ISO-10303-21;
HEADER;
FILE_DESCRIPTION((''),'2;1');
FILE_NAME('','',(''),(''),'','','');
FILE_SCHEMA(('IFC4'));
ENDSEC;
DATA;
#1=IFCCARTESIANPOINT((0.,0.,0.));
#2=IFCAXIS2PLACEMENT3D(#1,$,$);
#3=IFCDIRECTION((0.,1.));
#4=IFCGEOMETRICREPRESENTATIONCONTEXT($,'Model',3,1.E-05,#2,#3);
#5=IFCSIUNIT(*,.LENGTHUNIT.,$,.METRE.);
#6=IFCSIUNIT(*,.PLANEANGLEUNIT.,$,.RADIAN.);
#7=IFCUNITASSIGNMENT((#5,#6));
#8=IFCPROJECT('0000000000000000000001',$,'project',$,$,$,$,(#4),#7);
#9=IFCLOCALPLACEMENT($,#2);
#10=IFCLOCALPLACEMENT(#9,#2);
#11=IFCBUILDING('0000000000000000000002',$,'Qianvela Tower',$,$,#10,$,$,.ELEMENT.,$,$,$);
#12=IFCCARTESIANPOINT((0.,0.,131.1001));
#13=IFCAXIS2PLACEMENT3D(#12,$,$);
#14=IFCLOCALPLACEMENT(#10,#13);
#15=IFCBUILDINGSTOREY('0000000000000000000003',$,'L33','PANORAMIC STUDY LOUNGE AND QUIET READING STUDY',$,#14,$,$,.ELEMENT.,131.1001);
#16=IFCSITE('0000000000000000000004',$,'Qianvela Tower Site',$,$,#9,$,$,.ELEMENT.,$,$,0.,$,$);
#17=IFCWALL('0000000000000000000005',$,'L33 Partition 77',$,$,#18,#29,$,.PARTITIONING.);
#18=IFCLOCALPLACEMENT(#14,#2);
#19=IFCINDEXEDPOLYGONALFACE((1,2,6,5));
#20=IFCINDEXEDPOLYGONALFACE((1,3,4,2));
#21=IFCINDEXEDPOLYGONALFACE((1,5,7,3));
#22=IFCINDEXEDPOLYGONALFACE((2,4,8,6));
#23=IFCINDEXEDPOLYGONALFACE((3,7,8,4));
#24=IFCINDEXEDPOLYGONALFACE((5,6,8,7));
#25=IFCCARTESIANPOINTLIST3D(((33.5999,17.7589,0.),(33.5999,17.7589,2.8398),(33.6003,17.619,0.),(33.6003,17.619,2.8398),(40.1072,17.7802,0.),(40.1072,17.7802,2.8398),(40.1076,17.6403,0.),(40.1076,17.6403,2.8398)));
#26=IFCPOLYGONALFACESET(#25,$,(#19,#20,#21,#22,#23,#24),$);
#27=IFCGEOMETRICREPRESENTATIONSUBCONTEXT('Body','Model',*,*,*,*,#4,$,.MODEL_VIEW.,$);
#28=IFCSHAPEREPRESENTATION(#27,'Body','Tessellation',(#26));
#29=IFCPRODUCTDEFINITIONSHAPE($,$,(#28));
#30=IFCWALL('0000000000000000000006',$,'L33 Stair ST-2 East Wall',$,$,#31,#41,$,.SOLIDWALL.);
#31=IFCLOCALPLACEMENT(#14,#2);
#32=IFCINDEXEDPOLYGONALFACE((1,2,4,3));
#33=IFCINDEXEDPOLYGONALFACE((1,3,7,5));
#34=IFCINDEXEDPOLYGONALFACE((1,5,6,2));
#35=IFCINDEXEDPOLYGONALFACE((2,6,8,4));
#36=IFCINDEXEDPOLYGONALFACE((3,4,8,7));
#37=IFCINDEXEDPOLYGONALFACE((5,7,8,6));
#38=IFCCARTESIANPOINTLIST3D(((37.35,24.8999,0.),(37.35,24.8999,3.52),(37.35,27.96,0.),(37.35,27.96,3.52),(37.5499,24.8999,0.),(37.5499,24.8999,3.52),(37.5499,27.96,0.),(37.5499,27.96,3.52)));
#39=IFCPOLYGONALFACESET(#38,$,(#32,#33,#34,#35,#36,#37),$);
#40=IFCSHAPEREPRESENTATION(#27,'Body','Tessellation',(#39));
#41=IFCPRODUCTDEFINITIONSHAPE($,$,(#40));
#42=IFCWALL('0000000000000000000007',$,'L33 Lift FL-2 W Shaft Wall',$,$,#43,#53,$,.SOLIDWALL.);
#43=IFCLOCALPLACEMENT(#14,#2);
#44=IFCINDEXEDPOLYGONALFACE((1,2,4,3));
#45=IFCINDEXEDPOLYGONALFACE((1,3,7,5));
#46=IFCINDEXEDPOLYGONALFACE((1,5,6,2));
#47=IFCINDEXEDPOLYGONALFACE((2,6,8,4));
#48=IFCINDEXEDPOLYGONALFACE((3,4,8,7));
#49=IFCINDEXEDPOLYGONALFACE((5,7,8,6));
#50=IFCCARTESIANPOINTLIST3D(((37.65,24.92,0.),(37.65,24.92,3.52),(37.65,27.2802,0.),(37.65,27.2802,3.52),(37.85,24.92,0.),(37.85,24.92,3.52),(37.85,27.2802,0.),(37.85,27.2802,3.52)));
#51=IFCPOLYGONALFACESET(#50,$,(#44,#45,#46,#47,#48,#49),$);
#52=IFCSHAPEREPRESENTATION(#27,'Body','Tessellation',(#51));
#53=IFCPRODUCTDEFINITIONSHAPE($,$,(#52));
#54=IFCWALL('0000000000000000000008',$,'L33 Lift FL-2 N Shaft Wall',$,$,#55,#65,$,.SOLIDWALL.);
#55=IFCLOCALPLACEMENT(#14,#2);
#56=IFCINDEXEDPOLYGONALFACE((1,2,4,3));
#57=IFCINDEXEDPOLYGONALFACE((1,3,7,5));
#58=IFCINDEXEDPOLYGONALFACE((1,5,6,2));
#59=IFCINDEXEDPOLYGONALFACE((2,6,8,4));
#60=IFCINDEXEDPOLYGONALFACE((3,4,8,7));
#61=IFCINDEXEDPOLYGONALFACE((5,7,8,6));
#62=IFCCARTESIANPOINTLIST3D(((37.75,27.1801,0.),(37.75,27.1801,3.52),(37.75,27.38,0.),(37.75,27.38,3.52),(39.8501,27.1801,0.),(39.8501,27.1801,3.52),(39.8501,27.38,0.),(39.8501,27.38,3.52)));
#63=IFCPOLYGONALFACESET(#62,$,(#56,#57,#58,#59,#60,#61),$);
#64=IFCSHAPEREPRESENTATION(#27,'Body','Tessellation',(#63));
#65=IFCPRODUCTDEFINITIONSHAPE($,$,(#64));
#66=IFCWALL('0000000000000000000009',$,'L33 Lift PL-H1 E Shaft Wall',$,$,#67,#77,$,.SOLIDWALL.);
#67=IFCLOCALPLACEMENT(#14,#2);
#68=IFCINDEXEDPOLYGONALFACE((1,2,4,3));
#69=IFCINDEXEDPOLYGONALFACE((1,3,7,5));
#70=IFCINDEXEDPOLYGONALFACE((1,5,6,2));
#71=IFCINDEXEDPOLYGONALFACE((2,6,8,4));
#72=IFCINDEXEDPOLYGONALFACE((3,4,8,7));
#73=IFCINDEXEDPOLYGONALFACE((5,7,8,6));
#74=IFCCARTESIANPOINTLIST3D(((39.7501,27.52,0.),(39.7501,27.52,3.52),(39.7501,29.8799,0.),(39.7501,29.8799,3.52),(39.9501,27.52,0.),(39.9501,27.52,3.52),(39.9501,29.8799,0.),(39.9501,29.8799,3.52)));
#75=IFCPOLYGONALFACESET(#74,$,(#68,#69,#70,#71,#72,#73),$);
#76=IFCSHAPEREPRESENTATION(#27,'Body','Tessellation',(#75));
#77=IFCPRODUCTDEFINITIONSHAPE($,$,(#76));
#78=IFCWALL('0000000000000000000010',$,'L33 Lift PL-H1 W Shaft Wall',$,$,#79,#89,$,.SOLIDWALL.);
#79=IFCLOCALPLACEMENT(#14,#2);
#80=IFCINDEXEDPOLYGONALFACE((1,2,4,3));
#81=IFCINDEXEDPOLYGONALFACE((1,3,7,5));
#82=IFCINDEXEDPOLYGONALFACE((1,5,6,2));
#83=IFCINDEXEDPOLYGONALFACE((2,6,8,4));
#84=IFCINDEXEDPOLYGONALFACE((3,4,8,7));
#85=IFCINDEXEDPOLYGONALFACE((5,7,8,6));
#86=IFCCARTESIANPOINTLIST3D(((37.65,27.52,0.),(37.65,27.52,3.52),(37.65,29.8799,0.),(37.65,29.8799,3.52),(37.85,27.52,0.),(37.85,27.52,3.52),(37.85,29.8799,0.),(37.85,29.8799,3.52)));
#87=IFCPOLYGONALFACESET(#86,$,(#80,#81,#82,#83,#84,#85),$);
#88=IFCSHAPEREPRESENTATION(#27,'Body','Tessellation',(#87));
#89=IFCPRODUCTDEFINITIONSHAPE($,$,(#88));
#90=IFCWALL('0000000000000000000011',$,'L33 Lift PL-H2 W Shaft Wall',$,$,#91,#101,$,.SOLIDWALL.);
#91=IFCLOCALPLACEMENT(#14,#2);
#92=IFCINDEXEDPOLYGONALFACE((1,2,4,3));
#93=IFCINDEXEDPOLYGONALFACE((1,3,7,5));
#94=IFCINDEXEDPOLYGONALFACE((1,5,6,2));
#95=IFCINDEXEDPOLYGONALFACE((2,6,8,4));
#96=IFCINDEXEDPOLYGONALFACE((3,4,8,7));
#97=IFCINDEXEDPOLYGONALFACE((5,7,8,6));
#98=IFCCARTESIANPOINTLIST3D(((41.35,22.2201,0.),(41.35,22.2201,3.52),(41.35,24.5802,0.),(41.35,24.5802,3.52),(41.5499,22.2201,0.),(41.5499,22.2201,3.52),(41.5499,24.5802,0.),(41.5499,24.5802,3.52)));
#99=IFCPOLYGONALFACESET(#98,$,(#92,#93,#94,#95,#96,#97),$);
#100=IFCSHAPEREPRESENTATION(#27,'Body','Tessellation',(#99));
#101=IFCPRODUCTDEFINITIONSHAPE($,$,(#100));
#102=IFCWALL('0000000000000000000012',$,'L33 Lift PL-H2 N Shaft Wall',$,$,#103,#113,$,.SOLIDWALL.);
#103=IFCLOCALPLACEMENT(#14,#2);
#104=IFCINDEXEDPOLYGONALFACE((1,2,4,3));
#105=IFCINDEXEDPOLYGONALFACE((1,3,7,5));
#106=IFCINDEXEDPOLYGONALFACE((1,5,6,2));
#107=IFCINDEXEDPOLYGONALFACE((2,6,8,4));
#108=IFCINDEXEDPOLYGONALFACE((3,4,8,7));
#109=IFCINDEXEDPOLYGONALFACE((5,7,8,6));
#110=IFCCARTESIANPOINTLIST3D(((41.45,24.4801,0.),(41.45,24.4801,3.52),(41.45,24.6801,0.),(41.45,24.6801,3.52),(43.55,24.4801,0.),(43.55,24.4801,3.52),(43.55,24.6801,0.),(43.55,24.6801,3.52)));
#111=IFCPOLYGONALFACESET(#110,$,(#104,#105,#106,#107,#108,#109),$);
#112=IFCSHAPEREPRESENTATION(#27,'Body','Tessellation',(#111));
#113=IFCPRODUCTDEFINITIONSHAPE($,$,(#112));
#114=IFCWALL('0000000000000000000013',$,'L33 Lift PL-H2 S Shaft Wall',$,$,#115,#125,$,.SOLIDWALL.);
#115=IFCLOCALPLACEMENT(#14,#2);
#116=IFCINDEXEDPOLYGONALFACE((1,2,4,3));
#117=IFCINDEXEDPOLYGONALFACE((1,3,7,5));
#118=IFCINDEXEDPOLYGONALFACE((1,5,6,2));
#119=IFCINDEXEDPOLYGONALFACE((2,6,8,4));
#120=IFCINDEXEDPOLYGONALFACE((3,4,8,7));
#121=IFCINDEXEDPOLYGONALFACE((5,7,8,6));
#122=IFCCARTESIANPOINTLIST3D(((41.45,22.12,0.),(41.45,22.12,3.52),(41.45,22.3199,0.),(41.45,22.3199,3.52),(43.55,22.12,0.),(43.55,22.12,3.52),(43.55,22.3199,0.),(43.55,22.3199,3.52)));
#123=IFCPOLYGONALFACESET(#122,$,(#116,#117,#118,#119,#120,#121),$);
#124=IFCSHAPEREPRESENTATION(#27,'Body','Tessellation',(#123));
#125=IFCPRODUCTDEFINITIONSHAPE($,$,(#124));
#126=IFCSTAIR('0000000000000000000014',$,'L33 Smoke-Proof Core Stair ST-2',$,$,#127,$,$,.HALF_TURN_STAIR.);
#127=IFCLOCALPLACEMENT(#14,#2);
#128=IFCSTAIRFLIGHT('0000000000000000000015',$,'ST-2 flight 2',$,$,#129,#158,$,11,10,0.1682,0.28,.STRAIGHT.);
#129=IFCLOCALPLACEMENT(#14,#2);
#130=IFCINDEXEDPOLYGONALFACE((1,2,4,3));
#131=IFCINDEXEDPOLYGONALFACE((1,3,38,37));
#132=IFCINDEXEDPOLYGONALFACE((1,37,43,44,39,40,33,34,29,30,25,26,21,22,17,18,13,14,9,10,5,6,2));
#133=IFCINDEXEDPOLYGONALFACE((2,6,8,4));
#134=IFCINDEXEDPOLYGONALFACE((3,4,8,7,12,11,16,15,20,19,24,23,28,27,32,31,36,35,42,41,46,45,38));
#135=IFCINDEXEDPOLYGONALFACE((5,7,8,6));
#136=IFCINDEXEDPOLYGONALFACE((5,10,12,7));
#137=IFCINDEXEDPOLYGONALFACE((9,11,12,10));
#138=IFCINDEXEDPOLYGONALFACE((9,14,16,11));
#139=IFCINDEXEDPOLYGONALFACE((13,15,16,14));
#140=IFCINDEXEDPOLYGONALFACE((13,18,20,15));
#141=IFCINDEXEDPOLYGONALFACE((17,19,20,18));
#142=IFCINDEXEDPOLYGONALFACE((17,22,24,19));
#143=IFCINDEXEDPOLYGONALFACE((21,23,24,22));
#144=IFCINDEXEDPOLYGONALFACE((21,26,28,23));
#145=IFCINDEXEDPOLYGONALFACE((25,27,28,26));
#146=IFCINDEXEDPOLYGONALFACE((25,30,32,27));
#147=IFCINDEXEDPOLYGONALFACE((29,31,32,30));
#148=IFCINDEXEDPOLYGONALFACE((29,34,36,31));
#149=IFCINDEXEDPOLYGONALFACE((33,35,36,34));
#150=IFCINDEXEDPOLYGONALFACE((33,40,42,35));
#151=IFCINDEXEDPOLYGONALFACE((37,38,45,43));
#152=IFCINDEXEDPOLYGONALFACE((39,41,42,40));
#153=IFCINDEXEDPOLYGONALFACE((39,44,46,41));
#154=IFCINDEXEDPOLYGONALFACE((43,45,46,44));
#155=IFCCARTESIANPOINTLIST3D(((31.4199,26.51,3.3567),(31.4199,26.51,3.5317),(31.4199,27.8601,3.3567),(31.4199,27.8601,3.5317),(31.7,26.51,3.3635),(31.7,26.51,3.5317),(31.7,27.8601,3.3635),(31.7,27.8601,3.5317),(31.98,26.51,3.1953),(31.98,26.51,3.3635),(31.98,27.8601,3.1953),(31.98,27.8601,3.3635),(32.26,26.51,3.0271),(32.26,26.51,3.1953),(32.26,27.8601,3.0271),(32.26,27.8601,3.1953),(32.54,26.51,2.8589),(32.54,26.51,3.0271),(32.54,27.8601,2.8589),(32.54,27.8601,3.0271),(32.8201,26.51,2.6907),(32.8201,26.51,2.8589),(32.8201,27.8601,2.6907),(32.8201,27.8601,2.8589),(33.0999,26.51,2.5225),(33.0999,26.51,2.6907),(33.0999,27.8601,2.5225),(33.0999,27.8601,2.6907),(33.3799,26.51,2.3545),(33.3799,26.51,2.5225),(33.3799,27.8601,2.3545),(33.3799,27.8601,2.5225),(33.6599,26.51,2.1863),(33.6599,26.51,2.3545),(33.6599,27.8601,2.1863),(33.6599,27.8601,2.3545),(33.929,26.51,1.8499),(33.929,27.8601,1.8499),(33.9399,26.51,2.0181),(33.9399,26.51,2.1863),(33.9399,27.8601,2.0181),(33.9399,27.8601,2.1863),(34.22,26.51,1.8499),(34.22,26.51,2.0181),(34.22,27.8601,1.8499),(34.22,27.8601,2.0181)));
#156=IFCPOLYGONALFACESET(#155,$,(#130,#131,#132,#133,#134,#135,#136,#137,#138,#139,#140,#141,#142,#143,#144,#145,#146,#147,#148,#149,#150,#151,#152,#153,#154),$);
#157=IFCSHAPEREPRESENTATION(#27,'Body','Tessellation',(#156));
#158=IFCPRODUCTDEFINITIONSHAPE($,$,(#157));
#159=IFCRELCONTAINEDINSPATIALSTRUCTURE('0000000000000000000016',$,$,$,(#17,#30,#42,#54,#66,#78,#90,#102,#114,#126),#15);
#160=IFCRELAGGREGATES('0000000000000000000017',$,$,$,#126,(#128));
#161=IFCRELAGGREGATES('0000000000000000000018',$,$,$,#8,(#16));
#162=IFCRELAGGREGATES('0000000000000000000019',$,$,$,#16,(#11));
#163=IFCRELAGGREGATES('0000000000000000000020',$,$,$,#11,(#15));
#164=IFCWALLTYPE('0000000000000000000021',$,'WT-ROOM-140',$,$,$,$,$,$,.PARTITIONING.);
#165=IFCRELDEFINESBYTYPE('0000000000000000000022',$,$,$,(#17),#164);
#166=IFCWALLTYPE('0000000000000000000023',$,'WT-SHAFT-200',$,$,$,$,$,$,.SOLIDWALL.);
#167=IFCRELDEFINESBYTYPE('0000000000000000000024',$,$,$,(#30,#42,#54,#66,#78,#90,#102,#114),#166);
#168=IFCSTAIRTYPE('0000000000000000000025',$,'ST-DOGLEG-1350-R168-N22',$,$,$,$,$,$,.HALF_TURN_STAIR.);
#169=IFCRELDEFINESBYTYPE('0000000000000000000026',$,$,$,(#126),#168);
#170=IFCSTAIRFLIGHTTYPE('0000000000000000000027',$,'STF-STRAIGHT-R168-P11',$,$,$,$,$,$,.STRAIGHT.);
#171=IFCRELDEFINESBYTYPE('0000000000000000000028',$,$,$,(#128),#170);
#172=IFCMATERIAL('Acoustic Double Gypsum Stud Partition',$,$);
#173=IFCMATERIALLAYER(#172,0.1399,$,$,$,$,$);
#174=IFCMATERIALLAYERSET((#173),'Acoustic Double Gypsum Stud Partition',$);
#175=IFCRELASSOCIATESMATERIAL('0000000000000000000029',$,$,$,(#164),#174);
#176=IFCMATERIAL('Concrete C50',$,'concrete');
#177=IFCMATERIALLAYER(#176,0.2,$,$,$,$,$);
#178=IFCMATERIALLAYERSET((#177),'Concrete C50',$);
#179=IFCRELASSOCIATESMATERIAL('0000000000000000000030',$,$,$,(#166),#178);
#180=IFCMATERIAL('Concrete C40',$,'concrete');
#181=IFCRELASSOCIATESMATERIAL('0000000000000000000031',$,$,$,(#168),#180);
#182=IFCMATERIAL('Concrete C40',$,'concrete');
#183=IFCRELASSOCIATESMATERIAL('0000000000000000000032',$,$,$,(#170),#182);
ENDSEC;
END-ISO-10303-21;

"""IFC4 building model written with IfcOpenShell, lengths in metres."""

from ifc_helpers import new_model, si_unit, direction, frame, frame_2d, origin, place, context, subcontext, project, spatial, polyline, rectangle, outline, extrude, material, layer, layer_set, type_object, element, aggregate, save


model = new_model("IFC4")

# Units and contexts
model_context = context("Model", 3, precision=1e-05, world=origin(), true_north=direction((0.0, 1.0)))
body_context = subcontext(model_context, "Body", "Model", "MODEL_VIEW")
ifc_project = project(units=[si_unit("LENGTHUNIT", "METRE"), si_unit("PLANEANGLEUNIT", "RADIAN")], contexts=[model_context])

# Site, building, storey
site_placement = place(None, origin())
site = spatial("IfcSite", under=ifc_project, at=site_placement, Name="Qianvela Tower Site", CompositionType="ELEMENT", RefElevation=0.0)
building_placement = place(site_placement, origin())
building = spatial("IfcBuilding", under=site, at=building_placement, Name="Qianvela Tower", CompositionType="ELEMENT")
storey_placement = place(building_placement, frame((0.0, 0.0, 131.1001)))
storey = spatial("IfcBuildingStorey", under=building, at=storey_placement, Name="L33", Description="PANORAMIC STUDY LOUNGE AND QUIET READING STUDY", CompositionType="ELEMENT", Elevation=131.1001)

# Walls
ifc_material_1 = material(Name="Acoustic Double Gypsum Stud Partition")
ifc_layer_1 = layer(ifc_material_1, 0.1399)
ifc_layer_set_1 = layer_set([ifc_layer_1], Name="Acoustic Double Gypsum Stud Partition")
wall_type_1 = type_object("IfcWallType", Name="WT-ROOM-140", PredefinedType="PARTITIONING", material=ifc_layer_set_1)
wall_1_placement = place(storey_placement, frame((33.6001, 17.689, 0.0), z_axis=(0.0, 0.0, 1.0), x_axis=(0.999995, 0.003264, 0.0)))
element("IfcWall", 1, at=wall_1_placement, inside=storey, type_object=wall_type_1, Name="L33 Partition 77", PredefinedType="PARTITIONING", context=body_context, shape_type="SweptSolid", body=[
    extrude(rectangle(XDim=6.5073, YDim=0.1399, at=frame_2d((3.2537, 0.0))), origin(), (0.0, 0.0, 1.0), 2.8398),
])
ifc_material_2 = material(Name="Concrete C50", Category="concrete")
ifc_layer_2 = layer(ifc_material_2, 0.2)
ifc_layer_set_2 = layer_set([ifc_layer_2], Name="Concrete C50")
wall_type_2 = type_object("IfcWallType", Name="WT-SHAFT-200", PredefinedType="SOLIDWALL", material=ifc_layer_set_2)
wall_2_placement = place(storey_placement, frame((37.45, 24.8999, 0.0), z_axis=(0.0, 0.0, 1.0), x_axis=(0.0, 1.0, 0.0)))
element("IfcWall", 2, at=wall_2_placement, inside=storey, type_object=wall_type_2, Name="L33 Stair ST-2 East Wall", PredefinedType="SOLIDWALL", context=body_context, shape_type="SweptSolid", body=[
    extrude(rectangle(XDim=3.0601, YDim=0.2, at=frame_2d((1.53, 0.0))), origin(), (0.0, 0.0, 1.0), 3.52),
])

# Walls
wall_3_placement = place(storey_placement, frame((37.75, 24.9199, 0.0), z_axis=(0.0, 0.0, 1.0), x_axis=(0.0, 1.0, 0.0)))
element("IfcWall", 3, at=wall_3_placement, inside=storey, type_object=wall_type_2, Name="L33 Lift FL-2 W Shaft Wall", PredefinedType="SOLIDWALL", context=body_context, shape_type="SweptSolid", body=[
    extrude(rectangle(XDim=2.3601, YDim=0.2, at=frame_2d((1.1802, 0.0))), origin(), (0.0, 0.0, 1.0), 3.52),
])
wall_4_placement = place(storey_placement, frame((37.75, 27.28, 0.0), z_axis=(0.0, 0.0, 1.0), x_axis=(1.0, 0.0, 0.0)))
element("IfcWall", 4, at=wall_4_placement, inside=storey, type_object=wall_type_2, Name="L33 Lift FL-2 N Shaft Wall", PredefinedType="SOLIDWALL", context=body_context, shape_type="SweptSolid", body=[
    extrude(rectangle(XDim=2.1001, YDim=0.2, at=frame_2d((1.05, 0.0))), origin(), (0.0, 0.0, 1.0), 3.52),
])
for number, where, z_axis, x_axis, name in (
    (5, (39.8501, 27.52, 0.0), (0.0, 0.0, 1.0), (0.0, 1.0, 0.0), "L33 Lift PL-H1 E Shaft Wall"),
    (6, (37.75, 27.52, 0.0), (0.0, 0.0, 1.0), (0.0, 1.0, 0.0), "L33 Lift PL-H1 W Shaft Wall"),
):
    element("IfcWall", number, at=place(storey_placement, frame(where, z_axis=z_axis, x_axis=x_axis)), inside=storey, type_object=wall_type_2, Name=name, PredefinedType="SOLIDWALL", context=body_context, shape_type="SweptSolid", body=[
        extrude(rectangle(XDim=2.3599, YDim=0.2, at=frame_2d((1.1799, 0.0))), origin(), (0.0, 0.0, 1.0), 3.52),
    ])
wall_5_placement = place(storey_placement, frame((41.45, 22.22, 0.0), z_axis=(0.0, 0.0, 1.0), x_axis=(0.0, 1.0, 0.0)))
element("IfcWall", 7, at=wall_5_placement, inside=storey, type_object=wall_type_2, Name="L33 Lift PL-H2 W Shaft Wall", PredefinedType="SOLIDWALL", context=body_context, shape_type="SweptSolid", body=[
    extrude(rectangle(XDim=2.3601, YDim=0.2, at=frame_2d((1.1802, 0.0))), origin(), (0.0, 0.0, 1.0), 3.52),
])
for number, where, z_axis, x_axis, name in (
    (8, (41.45, 24.5801, 0.0), (0.0, 0.0, 1.0), (1.0, 0.0, 0.0), "L33 Lift PL-H2 N Shaft Wall"),
    (9, (41.45, 22.22, 0.0), (0.0, 0.0, 1.0), (1.0, 0.0, 0.0), "L33 Lift PL-H2 S Shaft Wall"),
):
    element("IfcWall", number, at=place(storey_placement, frame(where, z_axis=z_axis, x_axis=x_axis)), inside=storey, type_object=wall_type_2, Name=name, PredefinedType="SOLIDWALL", context=body_context, shape_type="SweptSolid", body=[
        extrude(rectangle(XDim=2.1001, YDim=0.2, at=frame_2d((1.05, 0.0))), origin(), (0.0, 0.0, 1.0), 3.52),
    ])

# Stair, stair flight
ifc_material_3 = material(Name="Concrete C40", Category="concrete")
stair_type = type_object("IfcStairType", Name="ST-DOGLEG-1350-R168-N22", PredefinedType="HALF_TURN_STAIR", material=ifc_material_3)
stair_placement = place(storey_placement, origin())
stair = element("IfcStair", 10, at=stair_placement, inside=storey, type_object=stair_type, Name="L33 Smoke-Proof Core Stair ST-2", PredefinedType="HALF_TURN_STAIR")
ifc_material_4 = material(Name="Concrete C40", Category="concrete")
stair_flight_type = type_object("IfcStairFlightType", Name="STF-STRAIGHT-R168-P11", PredefinedType="STRAIGHT", material=ifc_material_4)
stair_flight_placement = place(storey_placement, frame((34.22, 27.1851, 1.8499), z_axis=(0.0, 0.0, 1.0), x_axis=(-1.0, 0.0, 0.0)))
stair_flight = element("IfcStairFlight", 11, at=stair_flight_placement, type_object=stair_flight_type, Name="ST-2 flight 2", NumberOfRisers=11, NumberOfTreads=10, PredefinedType="STRAIGHT", RiserHeight=0.1682, TreadLength=0.28, context=body_context, shape_type="SweptSolid", body=[
    extrude(outline(polyline([(0.0, 0.0), (0.0, 0.1682), (0.28, 0.1682), (0.28, 0.3364), (0.5601, 0.3364), (0.5601, 0.5046), (0.8401, 0.5046), (0.8401, 0.6726), (1.1201, 0.6726), (1.1201, 0.8408), (1.3999, 0.8408), (1.3999, 1.009), (1.6799, 1.009), (1.6799, 1.1772), (1.96, 1.1772), (1.96, 1.3455), (2.24, 1.3455), (2.24, 1.5137), (2.52, 1.5137), (2.52, 1.6819), (2.8, 1.6819), (2.8, 1.8501), (2.8, 1.5068), (0.291, 0.0), (0.0, 0.0)])), frame((0.0, 0.675, 0.0), z_axis=(0.0, -1.0, 0.0), x_axis=(1.0, 0.0, 0.0)), (0.0, 0.0, 1.0), 1.3501),
])
aggregate(stair, [stair_flight])

save(model, "model.ifc")
